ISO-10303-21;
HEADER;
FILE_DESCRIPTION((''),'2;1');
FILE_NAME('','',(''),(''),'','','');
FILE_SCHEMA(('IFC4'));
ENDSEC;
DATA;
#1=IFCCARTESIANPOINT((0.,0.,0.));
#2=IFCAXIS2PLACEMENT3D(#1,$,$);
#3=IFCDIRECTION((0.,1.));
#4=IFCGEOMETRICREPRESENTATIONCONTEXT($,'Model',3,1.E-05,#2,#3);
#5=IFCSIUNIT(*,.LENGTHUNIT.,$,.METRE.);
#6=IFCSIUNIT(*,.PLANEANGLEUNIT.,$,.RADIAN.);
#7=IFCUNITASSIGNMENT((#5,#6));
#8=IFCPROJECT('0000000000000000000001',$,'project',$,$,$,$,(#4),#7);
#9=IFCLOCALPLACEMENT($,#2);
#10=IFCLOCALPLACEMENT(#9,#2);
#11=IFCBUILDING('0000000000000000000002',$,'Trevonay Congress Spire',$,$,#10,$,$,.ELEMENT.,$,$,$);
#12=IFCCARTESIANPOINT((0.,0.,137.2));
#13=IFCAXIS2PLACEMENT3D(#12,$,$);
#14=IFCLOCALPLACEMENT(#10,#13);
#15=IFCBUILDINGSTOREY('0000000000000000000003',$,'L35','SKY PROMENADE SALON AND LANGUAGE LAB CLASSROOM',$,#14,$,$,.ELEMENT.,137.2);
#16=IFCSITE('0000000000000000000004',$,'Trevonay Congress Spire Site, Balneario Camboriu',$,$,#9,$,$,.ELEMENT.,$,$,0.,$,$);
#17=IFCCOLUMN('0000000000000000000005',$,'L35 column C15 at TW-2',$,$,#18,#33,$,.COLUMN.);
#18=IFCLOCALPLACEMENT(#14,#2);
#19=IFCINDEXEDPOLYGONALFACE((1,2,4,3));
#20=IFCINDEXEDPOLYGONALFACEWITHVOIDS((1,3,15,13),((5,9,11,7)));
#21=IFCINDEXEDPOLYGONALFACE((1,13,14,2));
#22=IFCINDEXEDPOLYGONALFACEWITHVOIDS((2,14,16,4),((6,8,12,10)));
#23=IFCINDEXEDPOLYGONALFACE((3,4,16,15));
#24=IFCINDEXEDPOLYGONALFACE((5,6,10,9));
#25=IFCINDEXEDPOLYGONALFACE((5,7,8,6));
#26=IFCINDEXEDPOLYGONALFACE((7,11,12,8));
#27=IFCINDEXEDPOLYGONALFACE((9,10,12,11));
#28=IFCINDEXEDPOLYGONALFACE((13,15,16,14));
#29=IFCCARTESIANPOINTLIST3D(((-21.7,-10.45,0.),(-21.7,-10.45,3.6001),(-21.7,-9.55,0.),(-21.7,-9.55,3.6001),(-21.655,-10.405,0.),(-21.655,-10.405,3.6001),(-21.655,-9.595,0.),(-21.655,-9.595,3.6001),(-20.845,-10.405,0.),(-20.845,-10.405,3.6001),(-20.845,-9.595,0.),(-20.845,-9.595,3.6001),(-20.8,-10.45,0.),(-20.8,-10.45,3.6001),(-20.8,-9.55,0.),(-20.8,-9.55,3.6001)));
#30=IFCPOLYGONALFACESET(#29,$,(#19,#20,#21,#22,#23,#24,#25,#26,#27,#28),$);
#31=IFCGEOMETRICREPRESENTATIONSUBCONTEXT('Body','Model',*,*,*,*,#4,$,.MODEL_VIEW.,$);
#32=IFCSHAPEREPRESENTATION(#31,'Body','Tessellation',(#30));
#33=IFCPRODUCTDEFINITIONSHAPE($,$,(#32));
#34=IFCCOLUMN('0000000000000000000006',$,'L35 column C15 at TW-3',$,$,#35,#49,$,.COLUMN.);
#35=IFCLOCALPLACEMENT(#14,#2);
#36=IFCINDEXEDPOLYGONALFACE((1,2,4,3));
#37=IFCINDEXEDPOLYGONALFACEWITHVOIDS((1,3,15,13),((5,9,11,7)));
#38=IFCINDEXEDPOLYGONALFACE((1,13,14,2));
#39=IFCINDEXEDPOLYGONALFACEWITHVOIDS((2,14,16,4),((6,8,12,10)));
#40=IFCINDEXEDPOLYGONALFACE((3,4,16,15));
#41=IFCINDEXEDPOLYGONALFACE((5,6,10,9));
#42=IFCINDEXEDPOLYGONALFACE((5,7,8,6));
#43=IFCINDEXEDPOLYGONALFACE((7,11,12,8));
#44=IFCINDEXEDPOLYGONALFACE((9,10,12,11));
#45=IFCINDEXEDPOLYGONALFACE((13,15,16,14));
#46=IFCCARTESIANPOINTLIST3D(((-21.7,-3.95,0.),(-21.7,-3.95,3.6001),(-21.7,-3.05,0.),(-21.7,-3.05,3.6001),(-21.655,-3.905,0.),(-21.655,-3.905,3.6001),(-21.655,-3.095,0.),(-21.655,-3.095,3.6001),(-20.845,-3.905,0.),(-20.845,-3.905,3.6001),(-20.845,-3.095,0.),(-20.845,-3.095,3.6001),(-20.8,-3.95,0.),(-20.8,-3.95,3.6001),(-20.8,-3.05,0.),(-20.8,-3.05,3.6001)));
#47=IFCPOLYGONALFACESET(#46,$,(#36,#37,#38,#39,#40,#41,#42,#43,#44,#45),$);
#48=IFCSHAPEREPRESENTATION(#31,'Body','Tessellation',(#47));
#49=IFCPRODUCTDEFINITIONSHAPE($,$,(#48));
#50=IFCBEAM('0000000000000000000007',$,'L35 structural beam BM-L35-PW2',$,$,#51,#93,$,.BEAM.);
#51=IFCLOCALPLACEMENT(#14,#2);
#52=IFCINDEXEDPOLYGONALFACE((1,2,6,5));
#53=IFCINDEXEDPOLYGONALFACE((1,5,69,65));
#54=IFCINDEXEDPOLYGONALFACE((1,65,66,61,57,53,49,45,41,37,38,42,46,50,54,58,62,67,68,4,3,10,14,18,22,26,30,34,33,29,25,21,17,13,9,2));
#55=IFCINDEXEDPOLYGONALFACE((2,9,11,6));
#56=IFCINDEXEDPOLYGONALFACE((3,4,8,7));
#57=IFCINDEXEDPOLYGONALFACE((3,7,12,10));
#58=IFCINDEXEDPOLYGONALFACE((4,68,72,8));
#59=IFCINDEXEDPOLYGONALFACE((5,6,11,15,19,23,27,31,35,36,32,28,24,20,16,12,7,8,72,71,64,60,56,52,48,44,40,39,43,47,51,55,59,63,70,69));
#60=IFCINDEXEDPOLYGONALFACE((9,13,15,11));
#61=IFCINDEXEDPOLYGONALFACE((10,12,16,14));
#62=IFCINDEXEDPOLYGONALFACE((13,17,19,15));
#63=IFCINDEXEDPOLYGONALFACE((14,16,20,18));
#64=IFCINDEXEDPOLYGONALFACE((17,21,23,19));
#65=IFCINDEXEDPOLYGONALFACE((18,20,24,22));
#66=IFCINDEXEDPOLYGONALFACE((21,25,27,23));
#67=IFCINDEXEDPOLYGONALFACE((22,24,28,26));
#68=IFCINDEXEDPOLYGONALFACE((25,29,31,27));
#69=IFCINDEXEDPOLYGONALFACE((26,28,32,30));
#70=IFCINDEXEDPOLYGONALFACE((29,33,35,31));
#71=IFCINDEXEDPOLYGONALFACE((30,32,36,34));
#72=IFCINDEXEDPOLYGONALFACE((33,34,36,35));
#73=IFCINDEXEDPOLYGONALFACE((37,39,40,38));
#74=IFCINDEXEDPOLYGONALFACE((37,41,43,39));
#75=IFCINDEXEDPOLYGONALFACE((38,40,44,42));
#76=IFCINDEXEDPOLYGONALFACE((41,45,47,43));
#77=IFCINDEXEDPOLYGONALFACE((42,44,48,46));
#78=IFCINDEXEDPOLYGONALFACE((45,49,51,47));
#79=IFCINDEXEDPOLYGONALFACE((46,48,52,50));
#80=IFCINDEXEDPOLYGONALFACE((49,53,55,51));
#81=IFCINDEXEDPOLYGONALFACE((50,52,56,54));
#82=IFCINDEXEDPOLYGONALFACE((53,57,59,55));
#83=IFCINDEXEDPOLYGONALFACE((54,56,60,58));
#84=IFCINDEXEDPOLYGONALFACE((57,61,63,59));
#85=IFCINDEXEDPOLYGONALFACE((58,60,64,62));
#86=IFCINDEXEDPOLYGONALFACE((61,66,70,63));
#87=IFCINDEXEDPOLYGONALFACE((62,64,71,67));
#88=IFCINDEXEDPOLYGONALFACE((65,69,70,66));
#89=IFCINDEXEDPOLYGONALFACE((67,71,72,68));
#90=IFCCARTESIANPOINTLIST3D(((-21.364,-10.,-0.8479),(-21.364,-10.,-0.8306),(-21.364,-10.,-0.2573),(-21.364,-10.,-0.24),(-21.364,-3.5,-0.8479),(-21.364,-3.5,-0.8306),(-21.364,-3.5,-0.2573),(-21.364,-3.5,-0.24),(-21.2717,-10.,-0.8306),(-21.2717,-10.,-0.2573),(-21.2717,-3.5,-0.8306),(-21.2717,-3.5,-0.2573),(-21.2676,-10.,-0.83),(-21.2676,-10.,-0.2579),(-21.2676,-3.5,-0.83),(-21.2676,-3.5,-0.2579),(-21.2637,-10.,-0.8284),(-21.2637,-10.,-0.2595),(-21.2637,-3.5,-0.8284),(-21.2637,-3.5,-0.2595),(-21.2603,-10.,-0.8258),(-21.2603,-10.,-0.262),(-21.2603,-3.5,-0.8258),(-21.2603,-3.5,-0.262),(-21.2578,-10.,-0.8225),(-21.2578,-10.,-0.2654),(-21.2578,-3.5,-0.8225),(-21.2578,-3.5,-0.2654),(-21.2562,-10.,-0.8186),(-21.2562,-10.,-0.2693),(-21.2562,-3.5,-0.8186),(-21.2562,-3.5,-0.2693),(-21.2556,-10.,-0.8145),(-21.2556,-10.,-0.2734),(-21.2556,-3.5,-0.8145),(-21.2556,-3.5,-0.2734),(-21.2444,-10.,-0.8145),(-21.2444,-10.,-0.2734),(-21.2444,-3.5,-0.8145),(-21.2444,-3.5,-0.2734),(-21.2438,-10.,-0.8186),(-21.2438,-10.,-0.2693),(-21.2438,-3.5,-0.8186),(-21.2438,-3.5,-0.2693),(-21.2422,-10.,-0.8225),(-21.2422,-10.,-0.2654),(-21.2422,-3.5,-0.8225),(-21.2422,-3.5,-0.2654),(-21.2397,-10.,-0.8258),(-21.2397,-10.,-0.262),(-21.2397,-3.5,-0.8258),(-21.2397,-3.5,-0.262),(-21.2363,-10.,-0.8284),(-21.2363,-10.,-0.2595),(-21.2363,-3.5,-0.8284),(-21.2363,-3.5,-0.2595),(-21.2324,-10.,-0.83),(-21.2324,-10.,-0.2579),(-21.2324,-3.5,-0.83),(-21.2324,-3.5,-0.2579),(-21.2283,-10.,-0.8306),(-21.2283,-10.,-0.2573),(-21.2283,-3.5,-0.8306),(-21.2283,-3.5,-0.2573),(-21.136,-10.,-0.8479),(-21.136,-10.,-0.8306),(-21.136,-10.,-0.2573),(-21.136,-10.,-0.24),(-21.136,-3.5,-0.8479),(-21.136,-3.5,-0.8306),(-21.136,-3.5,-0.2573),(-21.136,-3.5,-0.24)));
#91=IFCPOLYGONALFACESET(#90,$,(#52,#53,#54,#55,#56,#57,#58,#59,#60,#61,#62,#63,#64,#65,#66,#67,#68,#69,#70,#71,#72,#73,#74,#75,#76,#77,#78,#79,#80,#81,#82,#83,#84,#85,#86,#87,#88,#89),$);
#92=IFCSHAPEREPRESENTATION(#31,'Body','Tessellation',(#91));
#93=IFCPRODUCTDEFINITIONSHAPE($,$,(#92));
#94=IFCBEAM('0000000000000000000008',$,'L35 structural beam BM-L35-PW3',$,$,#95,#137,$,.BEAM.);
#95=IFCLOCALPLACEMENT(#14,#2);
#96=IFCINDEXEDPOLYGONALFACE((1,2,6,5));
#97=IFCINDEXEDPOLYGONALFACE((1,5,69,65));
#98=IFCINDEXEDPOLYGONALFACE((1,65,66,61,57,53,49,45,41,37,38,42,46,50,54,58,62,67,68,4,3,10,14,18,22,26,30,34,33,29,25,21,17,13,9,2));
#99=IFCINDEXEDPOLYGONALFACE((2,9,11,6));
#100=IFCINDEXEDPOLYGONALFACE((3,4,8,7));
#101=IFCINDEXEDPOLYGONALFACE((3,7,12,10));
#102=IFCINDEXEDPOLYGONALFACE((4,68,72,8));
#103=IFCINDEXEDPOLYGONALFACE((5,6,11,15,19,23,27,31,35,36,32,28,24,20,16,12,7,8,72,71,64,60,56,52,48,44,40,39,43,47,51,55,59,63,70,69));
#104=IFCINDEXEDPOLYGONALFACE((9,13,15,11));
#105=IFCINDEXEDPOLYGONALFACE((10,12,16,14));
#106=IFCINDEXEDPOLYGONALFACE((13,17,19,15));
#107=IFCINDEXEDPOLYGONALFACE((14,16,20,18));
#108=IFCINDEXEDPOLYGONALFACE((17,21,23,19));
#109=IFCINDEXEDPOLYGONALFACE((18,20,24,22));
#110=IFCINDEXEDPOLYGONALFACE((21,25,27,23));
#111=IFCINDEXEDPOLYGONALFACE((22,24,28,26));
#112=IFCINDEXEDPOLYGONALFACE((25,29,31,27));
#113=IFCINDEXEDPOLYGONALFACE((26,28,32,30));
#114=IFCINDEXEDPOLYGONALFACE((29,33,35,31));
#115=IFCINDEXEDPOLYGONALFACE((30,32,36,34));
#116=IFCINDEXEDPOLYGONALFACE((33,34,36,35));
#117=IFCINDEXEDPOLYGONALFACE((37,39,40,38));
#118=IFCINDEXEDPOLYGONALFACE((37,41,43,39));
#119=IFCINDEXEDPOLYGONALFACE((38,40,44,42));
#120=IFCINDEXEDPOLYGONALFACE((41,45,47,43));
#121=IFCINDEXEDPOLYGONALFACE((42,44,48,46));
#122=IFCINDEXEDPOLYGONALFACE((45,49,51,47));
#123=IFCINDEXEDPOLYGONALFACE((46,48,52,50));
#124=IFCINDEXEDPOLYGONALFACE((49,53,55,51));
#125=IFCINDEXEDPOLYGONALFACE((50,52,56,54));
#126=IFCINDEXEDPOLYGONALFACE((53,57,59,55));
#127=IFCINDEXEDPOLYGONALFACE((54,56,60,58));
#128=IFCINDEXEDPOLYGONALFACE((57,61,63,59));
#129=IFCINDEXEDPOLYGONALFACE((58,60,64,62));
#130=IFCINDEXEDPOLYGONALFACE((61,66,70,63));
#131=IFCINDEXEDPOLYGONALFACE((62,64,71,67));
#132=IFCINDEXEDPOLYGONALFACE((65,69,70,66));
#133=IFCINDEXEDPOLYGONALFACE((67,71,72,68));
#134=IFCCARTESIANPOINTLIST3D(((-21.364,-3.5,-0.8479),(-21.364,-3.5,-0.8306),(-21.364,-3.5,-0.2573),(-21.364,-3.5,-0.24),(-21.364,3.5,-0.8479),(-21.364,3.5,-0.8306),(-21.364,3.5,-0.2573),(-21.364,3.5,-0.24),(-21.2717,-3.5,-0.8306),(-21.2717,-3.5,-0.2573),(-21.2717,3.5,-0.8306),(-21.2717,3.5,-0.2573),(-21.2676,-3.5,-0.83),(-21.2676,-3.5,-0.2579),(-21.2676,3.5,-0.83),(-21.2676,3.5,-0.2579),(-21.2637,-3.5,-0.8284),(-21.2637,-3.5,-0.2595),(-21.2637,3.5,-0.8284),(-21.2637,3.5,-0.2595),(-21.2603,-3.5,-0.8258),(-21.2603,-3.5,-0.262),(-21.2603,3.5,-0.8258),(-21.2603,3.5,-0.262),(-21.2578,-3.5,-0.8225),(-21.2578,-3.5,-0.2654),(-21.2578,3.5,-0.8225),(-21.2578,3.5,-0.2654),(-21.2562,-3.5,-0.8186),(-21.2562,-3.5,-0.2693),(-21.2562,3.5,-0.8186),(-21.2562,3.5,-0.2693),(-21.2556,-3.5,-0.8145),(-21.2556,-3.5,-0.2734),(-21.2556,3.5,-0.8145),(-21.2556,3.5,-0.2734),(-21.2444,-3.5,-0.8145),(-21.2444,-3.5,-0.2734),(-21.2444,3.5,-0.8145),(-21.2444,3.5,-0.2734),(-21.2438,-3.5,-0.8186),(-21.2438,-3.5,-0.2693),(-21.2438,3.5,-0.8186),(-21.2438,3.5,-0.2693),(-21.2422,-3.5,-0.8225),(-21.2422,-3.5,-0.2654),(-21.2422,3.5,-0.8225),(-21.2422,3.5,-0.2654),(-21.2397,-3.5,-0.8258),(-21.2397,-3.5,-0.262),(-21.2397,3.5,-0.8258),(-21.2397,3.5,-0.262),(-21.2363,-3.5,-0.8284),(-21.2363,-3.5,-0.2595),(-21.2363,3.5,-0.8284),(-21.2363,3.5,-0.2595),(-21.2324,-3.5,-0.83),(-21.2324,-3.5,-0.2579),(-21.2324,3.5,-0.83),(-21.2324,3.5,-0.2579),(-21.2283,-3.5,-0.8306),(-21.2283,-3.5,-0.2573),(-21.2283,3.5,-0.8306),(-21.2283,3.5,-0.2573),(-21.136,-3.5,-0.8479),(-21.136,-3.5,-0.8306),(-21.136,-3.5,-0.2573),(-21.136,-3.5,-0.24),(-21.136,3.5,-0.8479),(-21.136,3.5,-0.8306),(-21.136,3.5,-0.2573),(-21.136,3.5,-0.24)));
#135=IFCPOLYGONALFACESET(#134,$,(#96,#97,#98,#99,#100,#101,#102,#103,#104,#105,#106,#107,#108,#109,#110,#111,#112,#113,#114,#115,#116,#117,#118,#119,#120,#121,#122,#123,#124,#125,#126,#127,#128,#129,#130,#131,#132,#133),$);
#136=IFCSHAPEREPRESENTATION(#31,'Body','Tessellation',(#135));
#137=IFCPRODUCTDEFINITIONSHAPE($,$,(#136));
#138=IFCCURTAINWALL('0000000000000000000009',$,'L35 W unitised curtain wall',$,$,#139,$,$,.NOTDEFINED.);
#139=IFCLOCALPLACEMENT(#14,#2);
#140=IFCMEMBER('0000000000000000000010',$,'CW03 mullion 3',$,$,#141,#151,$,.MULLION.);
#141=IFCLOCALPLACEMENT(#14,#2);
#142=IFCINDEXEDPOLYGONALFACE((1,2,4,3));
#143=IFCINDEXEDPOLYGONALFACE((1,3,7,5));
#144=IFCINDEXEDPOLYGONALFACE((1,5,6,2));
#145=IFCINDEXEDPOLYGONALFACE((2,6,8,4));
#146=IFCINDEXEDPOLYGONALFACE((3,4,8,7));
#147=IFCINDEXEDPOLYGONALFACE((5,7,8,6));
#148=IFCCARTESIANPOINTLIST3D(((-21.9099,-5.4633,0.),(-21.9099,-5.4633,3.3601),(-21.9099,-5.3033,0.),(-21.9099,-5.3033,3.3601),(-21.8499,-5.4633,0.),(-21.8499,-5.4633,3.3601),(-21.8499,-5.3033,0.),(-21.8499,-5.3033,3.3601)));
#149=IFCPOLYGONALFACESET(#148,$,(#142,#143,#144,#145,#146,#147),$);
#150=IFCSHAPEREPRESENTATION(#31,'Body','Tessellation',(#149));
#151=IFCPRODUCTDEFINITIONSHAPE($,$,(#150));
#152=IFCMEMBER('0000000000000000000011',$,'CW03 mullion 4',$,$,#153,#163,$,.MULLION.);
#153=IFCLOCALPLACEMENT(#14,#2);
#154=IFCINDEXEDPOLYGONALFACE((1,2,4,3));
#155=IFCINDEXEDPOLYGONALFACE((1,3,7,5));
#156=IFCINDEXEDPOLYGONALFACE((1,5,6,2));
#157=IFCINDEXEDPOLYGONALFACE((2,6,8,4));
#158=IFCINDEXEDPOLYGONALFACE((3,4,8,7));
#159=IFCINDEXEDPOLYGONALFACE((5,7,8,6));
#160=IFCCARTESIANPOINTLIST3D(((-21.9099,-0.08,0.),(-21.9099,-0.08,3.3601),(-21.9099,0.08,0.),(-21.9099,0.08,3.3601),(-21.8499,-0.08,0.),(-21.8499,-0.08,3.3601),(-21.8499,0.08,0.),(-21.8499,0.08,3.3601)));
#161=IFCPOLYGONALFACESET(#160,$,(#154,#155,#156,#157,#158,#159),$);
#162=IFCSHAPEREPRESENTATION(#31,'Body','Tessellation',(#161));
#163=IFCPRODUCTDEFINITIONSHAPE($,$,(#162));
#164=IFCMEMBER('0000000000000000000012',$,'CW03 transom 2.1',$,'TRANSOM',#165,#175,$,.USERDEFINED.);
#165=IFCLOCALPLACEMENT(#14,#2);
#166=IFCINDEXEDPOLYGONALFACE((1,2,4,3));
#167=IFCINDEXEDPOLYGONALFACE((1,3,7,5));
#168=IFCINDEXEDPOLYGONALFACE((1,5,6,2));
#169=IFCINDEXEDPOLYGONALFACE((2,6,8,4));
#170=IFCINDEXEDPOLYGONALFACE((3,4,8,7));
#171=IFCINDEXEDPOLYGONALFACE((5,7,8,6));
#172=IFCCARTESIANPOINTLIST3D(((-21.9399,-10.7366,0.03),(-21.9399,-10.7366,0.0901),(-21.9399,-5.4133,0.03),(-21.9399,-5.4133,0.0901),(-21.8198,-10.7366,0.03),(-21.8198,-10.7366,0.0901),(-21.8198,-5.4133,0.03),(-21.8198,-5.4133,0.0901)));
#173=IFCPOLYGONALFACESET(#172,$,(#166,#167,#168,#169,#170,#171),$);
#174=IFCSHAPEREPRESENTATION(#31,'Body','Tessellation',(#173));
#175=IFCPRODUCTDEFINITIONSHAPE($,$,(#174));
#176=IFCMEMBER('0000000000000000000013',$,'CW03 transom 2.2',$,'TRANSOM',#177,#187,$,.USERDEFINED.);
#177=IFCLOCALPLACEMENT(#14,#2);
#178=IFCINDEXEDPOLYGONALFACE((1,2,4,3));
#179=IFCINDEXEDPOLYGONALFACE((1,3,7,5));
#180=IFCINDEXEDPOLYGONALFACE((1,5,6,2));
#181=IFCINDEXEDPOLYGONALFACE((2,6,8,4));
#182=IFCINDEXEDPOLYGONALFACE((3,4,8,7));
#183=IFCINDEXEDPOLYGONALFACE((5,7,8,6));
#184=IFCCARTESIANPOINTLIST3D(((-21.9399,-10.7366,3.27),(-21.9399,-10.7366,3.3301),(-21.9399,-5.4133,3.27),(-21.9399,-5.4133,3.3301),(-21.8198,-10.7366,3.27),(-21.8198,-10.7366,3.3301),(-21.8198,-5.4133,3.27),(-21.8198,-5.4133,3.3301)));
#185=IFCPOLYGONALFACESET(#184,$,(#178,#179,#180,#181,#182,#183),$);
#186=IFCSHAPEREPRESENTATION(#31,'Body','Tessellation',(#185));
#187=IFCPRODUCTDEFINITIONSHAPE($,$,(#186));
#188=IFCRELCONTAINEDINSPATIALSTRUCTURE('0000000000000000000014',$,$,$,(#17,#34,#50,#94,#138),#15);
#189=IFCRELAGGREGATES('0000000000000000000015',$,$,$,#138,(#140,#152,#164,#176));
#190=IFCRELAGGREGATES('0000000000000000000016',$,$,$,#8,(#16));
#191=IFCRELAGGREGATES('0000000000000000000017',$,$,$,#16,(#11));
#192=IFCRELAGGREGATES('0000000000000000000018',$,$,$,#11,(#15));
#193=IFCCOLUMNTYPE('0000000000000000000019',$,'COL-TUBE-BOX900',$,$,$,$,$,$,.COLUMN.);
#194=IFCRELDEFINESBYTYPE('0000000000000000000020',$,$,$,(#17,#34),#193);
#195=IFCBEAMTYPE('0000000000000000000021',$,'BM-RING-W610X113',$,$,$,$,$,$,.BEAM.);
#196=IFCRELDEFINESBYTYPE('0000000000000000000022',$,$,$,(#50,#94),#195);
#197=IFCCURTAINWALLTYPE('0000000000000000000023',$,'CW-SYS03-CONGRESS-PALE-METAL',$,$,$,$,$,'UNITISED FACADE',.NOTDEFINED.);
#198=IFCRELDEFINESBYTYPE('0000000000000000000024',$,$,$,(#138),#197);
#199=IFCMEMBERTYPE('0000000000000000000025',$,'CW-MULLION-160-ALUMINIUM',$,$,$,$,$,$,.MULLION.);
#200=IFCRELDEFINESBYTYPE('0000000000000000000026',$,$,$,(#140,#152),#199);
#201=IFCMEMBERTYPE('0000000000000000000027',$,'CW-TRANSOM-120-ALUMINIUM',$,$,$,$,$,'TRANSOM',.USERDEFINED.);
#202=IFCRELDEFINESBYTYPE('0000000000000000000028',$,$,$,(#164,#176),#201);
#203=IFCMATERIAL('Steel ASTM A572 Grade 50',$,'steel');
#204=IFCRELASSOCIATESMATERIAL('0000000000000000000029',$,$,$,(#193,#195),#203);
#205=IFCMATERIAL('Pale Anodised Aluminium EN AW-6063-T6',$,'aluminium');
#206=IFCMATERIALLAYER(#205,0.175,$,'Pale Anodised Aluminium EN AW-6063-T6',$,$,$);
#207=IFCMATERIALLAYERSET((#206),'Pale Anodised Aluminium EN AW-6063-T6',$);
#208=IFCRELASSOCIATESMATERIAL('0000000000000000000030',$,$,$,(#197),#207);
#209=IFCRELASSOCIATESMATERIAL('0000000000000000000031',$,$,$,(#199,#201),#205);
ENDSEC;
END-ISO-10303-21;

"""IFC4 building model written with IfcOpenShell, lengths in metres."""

from ifc_helpers import new_model, si_unit, direction, frame, origin, origin_2d, place, context, subcontext, project, spatial, rectangle, hollow_rectangle, i_section, extrude, material, layer, layer_set, material_profile, profile_set, type_object, element, aggregate, save


model = new_model("IFC4")

# Units and contexts
model_context = context("Model", 3, precision=1e-05, world=origin(), true_north=direction((0.0, 1.0)))
body_context = subcontext(model_context, "Body", "Model", "MODEL_VIEW")
ifc_project = project(units=[si_unit("LENGTHUNIT", "METRE"), si_unit("PLANEANGLEUNIT", "RADIAN")], contexts=[model_context])

# Site, building, storey
site_placement = place(None, origin())
site = spatial("IfcSite", under=ifc_project, at=site_placement, Name="Trevonay Congress Spire Site, Balneario Camboriu", CompositionType="ELEMENT", RefElevation=0.0)
building_placement = place(site_placement, origin())
building = spatial("IfcBuilding", under=site, at=building_placement, Name="Trevonay Congress Spire", CompositionType="ELEMENT")
storey_placement = place(building_placement, frame((0.0, 0.0, 137.2)))
storey = spatial("IfcBuildingStorey", under=building, at=storey_placement, Name="L35", Description="SKY PROMENADE SALON AND LANGUAGE LAB CLASSROOM", CompositionType="ELEMENT", Elevation=137.2)

# Columns
ifc_material_1 = material(Name="Steel ASTM A572 Grade 50", Category="steel")
ifc_material_profile_1 = material_profile(ifc_material_1, hollow_rectangle(XDim=0.8999, YDim=0.8999, WallThickness=0.0449, at=origin_2d()), Name="BOX 900x900x45")
ifc_profile_set_1 = profile_set([ifc_material_profile_1], Name="Steel ASTM A572 Grade 50")
column_type = type_object("IfcColumnType", Name="COL-TUBE-BOX900", PredefinedType="COLUMN", material=ifc_profile_set_1)
for number, where, z_axis, x_axis, name in (
    (1, (-21.25, -10.0, 0.0), (0.0, 0.0, 1.0), (1.0, 0.0, 0.0), "L35 column C15 at TW-2"),
    (2, (-21.25, -3.5, 0.0), (0.0, 0.0, 1.0), (1.0, 0.0, 0.0), "L35 column C15 at TW-3"),
):
    element("IfcColumn", number, at=place(storey_placement, frame(where, z_axis=z_axis, x_axis=x_axis)), inside=storey, type_object=column_type, Name=name, PredefinedType="COLUMN", context=body_context, shape_type="SweptSolid", body=[
        extrude(hollow_rectangle(XDim=0.8999, YDim=0.8999, WallThickness=0.0449, at=origin_2d()), origin(), (0.0, 0.0, 1.0), 3.6001),
    ])

# Beams
ifc_material_profile_2 = material_profile(ifc_material_1, i_section(OverallWidth=0.228, OverallDepth=0.6079, WebThickness=0.0112, FlangeThickness=0.0173, FilletRadius=0.0161, at=origin_2d()), Name="W610x113")
ifc_profile_set_2 = profile_set([ifc_material_profile_2], Name="Steel ASTM A572 Grade 50")
beam_type_1 = type_object("IfcBeamType", Name="BM-RING-W610X113", PredefinedType="BEAM", material=ifc_profile_set_2)
beam_1_placement = place(storey_placement, frame((-21.25, -10.0, -0.5439), z_axis=(0.0, 1.0, 0.0), x_axis=(-1.0, 0.0, 0.0)))
element("IfcBeam", 3, at=beam_1_placement, inside=storey, type_object=beam_type_1, Name="L35 structural beam BM-L35-PW2", PredefinedType="BEAM", context=body_context, shape_type="SweptSolid", body=[
    extrude(i_section(OverallWidth=0.228, OverallDepth=0.6079, WebThickness=0.0112, FlangeThickness=0.0173, FilletRadius=0.0161, at=origin_2d()), origin(), (0.0, 0.0, 1.0), 6.5),
])
beam_2_placement = place(storey_placement, frame((-21.25, -3.5, -0.5439), z_axis=(0.0, 1.0, 0.0), x_axis=(-1.0, 0.0, 0.0)))
element("IfcBeam", 4, at=beam_2_placement, inside=storey, type_object=beam_type_1, Name="L35 structural beam BM-L35-PW3", PredefinedType="BEAM", context=body_context, shape_type="SweptSolid", body=[
    extrude(i_section(OverallWidth=0.228, OverallDepth=0.6079, WebThickness=0.0112, FlangeThickness=0.0173, FilletRadius=0.0161, at=origin_2d()), origin(), (0.0, 0.0, 1.0), 7.0),
])

# Curtain wall, members
ifc_material_2 = material(Name="Pale Anodised Aluminium EN AW-6063-T6", Category="aluminium")
ifc_layer_1 = layer(ifc_material_2, 0.175, Name="Pale Anodised Aluminium EN AW-6063-T6")
ifc_layer_set_1 = layer_set([ifc_layer_1], Name="Pale Anodised Aluminium EN AW-6063-T6")
curtain_wall_type = type_object("IfcCurtainWallType", Name="CW-SYS03-CONGRESS-PALE-METAL", ElementType="UNITISED FACADE", PredefinedType="NOTDEFINED", material=ifc_layer_set_1)
curtain_wall_placement = place(storey_placement, origin())
curtain_wall = element("IfcCurtainWall", 5, at=curtain_wall_placement, inside=storey, type_object=curtain_wall_type, Name="L35 W unitised curtain wall", PredefinedType="NOTDEFINED")
ifc_material_profile_3 = material_profile(ifc_material_2, rectangle(XDim=0.0601, YDim=0.1599, at=origin_2d()), Name="CW-MULLION-160-ALUMINIUM")
ifc_profile_set_3 = profile_set([ifc_material_profile_3], Name="Pale Anodised Aluminium EN AW-6063-T6")
member_type_1 = type_object("IfcMemberType", Name="CW-MULLION-160-ALUMINIUM", PredefinedType="MULLION", material=ifc_profile_set_3)
member_1_placement = place(storey_placement, frame((-21.8799, -5.3833, 0.0), z_axis=(0.0, 0.0, 1.0), x_axis=(-1.0, 0.0, 0.0)))
member_1 = element("IfcMember", 6, at=member_1_placement, type_object=member_type_1, Name="CW03 mullion 3", PredefinedType="MULLION", context=body_context, shape_type="SweptSolid", body=[
    extrude(rectangle(XDim=0.0601, YDim=0.1599, at=origin_2d()), origin(), (0.0, 0.0, 1.0), 3.3601),
])
member_2_placement = place(storey_placement, frame((-21.8799, 0.0, 0.0), z_axis=(0.0, 0.0, 1.0), x_axis=(-1.0, 0.0, 0.0)))
member_2 = element("IfcMember", 7, at=member_2_placement, type_object=member_type_1, Name="CW03 mullion 4", PredefinedType="MULLION", context=body_context, shape_type="SweptSolid", body=[
    extrude(rectangle(XDim=0.0601, YDim=0.1599, at=origin_2d()), origin(), (0.0, 0.0, 1.0), 3.3601),
])
ifc_material_profile_4 = material_profile(ifc_material_2, rectangle(XDim=0.1201, YDim=0.0601, at=origin_2d()), Name="CW-TRANSOM-120-ALUMINIUM")
ifc_profile_set_4 = profile_set([ifc_material_profile_4], Name="Pale Anodised Aluminium EN AW-6063-T6")
member_type_2 = type_object("IfcMemberType", Name="CW-TRANSOM-120-ALUMINIUM", ElementType="TRANSOM", PredefinedType="USERDEFINED", material=ifc_profile_set_4)
member_3_placement = place(storey_placement, frame((-21.8799, -10.7366, 0.0601), z_axis=(0.0, 1.0, 0.0), x_axis=(-1.0, 0.0, 0.0)))
member_3 = element("IfcMember", 8, at=member_3_placement, type_object=member_type_2, Name="CW03 transom 2.1", ObjectType="TRANSOM", PredefinedType="USERDEFINED", context=body_context, shape_type="SweptSolid", body=[
    extrude(rectangle(XDim=0.1201, YDim=0.0601, at=origin_2d()), origin(), (0.0, 0.0, 1.0), 5.3232),
])
member_4_placement = place(storey_placement, frame((-21.8799, -10.7366, 3.3), z_axis=(0.0, 1.0, 0.0), x_axis=(-1.0, 0.0, 0.0)))
member_4 = element("IfcMember", 9, at=member_4_placement, type_object=member_type_2, Name="CW03 transom 2.2", ObjectType="TRANSOM", PredefinedType="USERDEFINED", context=body_context, shape_type="SweptSolid", body=[
    extrude(rectangle(XDim=0.1201, YDim=0.0601, at=origin_2d()), origin(), (0.0, 0.0, 1.0), 5.3232),
])

aggregate(curtain_wall, [member_1, member_2, member_3, member_4])

save(model, "model.ifc")
